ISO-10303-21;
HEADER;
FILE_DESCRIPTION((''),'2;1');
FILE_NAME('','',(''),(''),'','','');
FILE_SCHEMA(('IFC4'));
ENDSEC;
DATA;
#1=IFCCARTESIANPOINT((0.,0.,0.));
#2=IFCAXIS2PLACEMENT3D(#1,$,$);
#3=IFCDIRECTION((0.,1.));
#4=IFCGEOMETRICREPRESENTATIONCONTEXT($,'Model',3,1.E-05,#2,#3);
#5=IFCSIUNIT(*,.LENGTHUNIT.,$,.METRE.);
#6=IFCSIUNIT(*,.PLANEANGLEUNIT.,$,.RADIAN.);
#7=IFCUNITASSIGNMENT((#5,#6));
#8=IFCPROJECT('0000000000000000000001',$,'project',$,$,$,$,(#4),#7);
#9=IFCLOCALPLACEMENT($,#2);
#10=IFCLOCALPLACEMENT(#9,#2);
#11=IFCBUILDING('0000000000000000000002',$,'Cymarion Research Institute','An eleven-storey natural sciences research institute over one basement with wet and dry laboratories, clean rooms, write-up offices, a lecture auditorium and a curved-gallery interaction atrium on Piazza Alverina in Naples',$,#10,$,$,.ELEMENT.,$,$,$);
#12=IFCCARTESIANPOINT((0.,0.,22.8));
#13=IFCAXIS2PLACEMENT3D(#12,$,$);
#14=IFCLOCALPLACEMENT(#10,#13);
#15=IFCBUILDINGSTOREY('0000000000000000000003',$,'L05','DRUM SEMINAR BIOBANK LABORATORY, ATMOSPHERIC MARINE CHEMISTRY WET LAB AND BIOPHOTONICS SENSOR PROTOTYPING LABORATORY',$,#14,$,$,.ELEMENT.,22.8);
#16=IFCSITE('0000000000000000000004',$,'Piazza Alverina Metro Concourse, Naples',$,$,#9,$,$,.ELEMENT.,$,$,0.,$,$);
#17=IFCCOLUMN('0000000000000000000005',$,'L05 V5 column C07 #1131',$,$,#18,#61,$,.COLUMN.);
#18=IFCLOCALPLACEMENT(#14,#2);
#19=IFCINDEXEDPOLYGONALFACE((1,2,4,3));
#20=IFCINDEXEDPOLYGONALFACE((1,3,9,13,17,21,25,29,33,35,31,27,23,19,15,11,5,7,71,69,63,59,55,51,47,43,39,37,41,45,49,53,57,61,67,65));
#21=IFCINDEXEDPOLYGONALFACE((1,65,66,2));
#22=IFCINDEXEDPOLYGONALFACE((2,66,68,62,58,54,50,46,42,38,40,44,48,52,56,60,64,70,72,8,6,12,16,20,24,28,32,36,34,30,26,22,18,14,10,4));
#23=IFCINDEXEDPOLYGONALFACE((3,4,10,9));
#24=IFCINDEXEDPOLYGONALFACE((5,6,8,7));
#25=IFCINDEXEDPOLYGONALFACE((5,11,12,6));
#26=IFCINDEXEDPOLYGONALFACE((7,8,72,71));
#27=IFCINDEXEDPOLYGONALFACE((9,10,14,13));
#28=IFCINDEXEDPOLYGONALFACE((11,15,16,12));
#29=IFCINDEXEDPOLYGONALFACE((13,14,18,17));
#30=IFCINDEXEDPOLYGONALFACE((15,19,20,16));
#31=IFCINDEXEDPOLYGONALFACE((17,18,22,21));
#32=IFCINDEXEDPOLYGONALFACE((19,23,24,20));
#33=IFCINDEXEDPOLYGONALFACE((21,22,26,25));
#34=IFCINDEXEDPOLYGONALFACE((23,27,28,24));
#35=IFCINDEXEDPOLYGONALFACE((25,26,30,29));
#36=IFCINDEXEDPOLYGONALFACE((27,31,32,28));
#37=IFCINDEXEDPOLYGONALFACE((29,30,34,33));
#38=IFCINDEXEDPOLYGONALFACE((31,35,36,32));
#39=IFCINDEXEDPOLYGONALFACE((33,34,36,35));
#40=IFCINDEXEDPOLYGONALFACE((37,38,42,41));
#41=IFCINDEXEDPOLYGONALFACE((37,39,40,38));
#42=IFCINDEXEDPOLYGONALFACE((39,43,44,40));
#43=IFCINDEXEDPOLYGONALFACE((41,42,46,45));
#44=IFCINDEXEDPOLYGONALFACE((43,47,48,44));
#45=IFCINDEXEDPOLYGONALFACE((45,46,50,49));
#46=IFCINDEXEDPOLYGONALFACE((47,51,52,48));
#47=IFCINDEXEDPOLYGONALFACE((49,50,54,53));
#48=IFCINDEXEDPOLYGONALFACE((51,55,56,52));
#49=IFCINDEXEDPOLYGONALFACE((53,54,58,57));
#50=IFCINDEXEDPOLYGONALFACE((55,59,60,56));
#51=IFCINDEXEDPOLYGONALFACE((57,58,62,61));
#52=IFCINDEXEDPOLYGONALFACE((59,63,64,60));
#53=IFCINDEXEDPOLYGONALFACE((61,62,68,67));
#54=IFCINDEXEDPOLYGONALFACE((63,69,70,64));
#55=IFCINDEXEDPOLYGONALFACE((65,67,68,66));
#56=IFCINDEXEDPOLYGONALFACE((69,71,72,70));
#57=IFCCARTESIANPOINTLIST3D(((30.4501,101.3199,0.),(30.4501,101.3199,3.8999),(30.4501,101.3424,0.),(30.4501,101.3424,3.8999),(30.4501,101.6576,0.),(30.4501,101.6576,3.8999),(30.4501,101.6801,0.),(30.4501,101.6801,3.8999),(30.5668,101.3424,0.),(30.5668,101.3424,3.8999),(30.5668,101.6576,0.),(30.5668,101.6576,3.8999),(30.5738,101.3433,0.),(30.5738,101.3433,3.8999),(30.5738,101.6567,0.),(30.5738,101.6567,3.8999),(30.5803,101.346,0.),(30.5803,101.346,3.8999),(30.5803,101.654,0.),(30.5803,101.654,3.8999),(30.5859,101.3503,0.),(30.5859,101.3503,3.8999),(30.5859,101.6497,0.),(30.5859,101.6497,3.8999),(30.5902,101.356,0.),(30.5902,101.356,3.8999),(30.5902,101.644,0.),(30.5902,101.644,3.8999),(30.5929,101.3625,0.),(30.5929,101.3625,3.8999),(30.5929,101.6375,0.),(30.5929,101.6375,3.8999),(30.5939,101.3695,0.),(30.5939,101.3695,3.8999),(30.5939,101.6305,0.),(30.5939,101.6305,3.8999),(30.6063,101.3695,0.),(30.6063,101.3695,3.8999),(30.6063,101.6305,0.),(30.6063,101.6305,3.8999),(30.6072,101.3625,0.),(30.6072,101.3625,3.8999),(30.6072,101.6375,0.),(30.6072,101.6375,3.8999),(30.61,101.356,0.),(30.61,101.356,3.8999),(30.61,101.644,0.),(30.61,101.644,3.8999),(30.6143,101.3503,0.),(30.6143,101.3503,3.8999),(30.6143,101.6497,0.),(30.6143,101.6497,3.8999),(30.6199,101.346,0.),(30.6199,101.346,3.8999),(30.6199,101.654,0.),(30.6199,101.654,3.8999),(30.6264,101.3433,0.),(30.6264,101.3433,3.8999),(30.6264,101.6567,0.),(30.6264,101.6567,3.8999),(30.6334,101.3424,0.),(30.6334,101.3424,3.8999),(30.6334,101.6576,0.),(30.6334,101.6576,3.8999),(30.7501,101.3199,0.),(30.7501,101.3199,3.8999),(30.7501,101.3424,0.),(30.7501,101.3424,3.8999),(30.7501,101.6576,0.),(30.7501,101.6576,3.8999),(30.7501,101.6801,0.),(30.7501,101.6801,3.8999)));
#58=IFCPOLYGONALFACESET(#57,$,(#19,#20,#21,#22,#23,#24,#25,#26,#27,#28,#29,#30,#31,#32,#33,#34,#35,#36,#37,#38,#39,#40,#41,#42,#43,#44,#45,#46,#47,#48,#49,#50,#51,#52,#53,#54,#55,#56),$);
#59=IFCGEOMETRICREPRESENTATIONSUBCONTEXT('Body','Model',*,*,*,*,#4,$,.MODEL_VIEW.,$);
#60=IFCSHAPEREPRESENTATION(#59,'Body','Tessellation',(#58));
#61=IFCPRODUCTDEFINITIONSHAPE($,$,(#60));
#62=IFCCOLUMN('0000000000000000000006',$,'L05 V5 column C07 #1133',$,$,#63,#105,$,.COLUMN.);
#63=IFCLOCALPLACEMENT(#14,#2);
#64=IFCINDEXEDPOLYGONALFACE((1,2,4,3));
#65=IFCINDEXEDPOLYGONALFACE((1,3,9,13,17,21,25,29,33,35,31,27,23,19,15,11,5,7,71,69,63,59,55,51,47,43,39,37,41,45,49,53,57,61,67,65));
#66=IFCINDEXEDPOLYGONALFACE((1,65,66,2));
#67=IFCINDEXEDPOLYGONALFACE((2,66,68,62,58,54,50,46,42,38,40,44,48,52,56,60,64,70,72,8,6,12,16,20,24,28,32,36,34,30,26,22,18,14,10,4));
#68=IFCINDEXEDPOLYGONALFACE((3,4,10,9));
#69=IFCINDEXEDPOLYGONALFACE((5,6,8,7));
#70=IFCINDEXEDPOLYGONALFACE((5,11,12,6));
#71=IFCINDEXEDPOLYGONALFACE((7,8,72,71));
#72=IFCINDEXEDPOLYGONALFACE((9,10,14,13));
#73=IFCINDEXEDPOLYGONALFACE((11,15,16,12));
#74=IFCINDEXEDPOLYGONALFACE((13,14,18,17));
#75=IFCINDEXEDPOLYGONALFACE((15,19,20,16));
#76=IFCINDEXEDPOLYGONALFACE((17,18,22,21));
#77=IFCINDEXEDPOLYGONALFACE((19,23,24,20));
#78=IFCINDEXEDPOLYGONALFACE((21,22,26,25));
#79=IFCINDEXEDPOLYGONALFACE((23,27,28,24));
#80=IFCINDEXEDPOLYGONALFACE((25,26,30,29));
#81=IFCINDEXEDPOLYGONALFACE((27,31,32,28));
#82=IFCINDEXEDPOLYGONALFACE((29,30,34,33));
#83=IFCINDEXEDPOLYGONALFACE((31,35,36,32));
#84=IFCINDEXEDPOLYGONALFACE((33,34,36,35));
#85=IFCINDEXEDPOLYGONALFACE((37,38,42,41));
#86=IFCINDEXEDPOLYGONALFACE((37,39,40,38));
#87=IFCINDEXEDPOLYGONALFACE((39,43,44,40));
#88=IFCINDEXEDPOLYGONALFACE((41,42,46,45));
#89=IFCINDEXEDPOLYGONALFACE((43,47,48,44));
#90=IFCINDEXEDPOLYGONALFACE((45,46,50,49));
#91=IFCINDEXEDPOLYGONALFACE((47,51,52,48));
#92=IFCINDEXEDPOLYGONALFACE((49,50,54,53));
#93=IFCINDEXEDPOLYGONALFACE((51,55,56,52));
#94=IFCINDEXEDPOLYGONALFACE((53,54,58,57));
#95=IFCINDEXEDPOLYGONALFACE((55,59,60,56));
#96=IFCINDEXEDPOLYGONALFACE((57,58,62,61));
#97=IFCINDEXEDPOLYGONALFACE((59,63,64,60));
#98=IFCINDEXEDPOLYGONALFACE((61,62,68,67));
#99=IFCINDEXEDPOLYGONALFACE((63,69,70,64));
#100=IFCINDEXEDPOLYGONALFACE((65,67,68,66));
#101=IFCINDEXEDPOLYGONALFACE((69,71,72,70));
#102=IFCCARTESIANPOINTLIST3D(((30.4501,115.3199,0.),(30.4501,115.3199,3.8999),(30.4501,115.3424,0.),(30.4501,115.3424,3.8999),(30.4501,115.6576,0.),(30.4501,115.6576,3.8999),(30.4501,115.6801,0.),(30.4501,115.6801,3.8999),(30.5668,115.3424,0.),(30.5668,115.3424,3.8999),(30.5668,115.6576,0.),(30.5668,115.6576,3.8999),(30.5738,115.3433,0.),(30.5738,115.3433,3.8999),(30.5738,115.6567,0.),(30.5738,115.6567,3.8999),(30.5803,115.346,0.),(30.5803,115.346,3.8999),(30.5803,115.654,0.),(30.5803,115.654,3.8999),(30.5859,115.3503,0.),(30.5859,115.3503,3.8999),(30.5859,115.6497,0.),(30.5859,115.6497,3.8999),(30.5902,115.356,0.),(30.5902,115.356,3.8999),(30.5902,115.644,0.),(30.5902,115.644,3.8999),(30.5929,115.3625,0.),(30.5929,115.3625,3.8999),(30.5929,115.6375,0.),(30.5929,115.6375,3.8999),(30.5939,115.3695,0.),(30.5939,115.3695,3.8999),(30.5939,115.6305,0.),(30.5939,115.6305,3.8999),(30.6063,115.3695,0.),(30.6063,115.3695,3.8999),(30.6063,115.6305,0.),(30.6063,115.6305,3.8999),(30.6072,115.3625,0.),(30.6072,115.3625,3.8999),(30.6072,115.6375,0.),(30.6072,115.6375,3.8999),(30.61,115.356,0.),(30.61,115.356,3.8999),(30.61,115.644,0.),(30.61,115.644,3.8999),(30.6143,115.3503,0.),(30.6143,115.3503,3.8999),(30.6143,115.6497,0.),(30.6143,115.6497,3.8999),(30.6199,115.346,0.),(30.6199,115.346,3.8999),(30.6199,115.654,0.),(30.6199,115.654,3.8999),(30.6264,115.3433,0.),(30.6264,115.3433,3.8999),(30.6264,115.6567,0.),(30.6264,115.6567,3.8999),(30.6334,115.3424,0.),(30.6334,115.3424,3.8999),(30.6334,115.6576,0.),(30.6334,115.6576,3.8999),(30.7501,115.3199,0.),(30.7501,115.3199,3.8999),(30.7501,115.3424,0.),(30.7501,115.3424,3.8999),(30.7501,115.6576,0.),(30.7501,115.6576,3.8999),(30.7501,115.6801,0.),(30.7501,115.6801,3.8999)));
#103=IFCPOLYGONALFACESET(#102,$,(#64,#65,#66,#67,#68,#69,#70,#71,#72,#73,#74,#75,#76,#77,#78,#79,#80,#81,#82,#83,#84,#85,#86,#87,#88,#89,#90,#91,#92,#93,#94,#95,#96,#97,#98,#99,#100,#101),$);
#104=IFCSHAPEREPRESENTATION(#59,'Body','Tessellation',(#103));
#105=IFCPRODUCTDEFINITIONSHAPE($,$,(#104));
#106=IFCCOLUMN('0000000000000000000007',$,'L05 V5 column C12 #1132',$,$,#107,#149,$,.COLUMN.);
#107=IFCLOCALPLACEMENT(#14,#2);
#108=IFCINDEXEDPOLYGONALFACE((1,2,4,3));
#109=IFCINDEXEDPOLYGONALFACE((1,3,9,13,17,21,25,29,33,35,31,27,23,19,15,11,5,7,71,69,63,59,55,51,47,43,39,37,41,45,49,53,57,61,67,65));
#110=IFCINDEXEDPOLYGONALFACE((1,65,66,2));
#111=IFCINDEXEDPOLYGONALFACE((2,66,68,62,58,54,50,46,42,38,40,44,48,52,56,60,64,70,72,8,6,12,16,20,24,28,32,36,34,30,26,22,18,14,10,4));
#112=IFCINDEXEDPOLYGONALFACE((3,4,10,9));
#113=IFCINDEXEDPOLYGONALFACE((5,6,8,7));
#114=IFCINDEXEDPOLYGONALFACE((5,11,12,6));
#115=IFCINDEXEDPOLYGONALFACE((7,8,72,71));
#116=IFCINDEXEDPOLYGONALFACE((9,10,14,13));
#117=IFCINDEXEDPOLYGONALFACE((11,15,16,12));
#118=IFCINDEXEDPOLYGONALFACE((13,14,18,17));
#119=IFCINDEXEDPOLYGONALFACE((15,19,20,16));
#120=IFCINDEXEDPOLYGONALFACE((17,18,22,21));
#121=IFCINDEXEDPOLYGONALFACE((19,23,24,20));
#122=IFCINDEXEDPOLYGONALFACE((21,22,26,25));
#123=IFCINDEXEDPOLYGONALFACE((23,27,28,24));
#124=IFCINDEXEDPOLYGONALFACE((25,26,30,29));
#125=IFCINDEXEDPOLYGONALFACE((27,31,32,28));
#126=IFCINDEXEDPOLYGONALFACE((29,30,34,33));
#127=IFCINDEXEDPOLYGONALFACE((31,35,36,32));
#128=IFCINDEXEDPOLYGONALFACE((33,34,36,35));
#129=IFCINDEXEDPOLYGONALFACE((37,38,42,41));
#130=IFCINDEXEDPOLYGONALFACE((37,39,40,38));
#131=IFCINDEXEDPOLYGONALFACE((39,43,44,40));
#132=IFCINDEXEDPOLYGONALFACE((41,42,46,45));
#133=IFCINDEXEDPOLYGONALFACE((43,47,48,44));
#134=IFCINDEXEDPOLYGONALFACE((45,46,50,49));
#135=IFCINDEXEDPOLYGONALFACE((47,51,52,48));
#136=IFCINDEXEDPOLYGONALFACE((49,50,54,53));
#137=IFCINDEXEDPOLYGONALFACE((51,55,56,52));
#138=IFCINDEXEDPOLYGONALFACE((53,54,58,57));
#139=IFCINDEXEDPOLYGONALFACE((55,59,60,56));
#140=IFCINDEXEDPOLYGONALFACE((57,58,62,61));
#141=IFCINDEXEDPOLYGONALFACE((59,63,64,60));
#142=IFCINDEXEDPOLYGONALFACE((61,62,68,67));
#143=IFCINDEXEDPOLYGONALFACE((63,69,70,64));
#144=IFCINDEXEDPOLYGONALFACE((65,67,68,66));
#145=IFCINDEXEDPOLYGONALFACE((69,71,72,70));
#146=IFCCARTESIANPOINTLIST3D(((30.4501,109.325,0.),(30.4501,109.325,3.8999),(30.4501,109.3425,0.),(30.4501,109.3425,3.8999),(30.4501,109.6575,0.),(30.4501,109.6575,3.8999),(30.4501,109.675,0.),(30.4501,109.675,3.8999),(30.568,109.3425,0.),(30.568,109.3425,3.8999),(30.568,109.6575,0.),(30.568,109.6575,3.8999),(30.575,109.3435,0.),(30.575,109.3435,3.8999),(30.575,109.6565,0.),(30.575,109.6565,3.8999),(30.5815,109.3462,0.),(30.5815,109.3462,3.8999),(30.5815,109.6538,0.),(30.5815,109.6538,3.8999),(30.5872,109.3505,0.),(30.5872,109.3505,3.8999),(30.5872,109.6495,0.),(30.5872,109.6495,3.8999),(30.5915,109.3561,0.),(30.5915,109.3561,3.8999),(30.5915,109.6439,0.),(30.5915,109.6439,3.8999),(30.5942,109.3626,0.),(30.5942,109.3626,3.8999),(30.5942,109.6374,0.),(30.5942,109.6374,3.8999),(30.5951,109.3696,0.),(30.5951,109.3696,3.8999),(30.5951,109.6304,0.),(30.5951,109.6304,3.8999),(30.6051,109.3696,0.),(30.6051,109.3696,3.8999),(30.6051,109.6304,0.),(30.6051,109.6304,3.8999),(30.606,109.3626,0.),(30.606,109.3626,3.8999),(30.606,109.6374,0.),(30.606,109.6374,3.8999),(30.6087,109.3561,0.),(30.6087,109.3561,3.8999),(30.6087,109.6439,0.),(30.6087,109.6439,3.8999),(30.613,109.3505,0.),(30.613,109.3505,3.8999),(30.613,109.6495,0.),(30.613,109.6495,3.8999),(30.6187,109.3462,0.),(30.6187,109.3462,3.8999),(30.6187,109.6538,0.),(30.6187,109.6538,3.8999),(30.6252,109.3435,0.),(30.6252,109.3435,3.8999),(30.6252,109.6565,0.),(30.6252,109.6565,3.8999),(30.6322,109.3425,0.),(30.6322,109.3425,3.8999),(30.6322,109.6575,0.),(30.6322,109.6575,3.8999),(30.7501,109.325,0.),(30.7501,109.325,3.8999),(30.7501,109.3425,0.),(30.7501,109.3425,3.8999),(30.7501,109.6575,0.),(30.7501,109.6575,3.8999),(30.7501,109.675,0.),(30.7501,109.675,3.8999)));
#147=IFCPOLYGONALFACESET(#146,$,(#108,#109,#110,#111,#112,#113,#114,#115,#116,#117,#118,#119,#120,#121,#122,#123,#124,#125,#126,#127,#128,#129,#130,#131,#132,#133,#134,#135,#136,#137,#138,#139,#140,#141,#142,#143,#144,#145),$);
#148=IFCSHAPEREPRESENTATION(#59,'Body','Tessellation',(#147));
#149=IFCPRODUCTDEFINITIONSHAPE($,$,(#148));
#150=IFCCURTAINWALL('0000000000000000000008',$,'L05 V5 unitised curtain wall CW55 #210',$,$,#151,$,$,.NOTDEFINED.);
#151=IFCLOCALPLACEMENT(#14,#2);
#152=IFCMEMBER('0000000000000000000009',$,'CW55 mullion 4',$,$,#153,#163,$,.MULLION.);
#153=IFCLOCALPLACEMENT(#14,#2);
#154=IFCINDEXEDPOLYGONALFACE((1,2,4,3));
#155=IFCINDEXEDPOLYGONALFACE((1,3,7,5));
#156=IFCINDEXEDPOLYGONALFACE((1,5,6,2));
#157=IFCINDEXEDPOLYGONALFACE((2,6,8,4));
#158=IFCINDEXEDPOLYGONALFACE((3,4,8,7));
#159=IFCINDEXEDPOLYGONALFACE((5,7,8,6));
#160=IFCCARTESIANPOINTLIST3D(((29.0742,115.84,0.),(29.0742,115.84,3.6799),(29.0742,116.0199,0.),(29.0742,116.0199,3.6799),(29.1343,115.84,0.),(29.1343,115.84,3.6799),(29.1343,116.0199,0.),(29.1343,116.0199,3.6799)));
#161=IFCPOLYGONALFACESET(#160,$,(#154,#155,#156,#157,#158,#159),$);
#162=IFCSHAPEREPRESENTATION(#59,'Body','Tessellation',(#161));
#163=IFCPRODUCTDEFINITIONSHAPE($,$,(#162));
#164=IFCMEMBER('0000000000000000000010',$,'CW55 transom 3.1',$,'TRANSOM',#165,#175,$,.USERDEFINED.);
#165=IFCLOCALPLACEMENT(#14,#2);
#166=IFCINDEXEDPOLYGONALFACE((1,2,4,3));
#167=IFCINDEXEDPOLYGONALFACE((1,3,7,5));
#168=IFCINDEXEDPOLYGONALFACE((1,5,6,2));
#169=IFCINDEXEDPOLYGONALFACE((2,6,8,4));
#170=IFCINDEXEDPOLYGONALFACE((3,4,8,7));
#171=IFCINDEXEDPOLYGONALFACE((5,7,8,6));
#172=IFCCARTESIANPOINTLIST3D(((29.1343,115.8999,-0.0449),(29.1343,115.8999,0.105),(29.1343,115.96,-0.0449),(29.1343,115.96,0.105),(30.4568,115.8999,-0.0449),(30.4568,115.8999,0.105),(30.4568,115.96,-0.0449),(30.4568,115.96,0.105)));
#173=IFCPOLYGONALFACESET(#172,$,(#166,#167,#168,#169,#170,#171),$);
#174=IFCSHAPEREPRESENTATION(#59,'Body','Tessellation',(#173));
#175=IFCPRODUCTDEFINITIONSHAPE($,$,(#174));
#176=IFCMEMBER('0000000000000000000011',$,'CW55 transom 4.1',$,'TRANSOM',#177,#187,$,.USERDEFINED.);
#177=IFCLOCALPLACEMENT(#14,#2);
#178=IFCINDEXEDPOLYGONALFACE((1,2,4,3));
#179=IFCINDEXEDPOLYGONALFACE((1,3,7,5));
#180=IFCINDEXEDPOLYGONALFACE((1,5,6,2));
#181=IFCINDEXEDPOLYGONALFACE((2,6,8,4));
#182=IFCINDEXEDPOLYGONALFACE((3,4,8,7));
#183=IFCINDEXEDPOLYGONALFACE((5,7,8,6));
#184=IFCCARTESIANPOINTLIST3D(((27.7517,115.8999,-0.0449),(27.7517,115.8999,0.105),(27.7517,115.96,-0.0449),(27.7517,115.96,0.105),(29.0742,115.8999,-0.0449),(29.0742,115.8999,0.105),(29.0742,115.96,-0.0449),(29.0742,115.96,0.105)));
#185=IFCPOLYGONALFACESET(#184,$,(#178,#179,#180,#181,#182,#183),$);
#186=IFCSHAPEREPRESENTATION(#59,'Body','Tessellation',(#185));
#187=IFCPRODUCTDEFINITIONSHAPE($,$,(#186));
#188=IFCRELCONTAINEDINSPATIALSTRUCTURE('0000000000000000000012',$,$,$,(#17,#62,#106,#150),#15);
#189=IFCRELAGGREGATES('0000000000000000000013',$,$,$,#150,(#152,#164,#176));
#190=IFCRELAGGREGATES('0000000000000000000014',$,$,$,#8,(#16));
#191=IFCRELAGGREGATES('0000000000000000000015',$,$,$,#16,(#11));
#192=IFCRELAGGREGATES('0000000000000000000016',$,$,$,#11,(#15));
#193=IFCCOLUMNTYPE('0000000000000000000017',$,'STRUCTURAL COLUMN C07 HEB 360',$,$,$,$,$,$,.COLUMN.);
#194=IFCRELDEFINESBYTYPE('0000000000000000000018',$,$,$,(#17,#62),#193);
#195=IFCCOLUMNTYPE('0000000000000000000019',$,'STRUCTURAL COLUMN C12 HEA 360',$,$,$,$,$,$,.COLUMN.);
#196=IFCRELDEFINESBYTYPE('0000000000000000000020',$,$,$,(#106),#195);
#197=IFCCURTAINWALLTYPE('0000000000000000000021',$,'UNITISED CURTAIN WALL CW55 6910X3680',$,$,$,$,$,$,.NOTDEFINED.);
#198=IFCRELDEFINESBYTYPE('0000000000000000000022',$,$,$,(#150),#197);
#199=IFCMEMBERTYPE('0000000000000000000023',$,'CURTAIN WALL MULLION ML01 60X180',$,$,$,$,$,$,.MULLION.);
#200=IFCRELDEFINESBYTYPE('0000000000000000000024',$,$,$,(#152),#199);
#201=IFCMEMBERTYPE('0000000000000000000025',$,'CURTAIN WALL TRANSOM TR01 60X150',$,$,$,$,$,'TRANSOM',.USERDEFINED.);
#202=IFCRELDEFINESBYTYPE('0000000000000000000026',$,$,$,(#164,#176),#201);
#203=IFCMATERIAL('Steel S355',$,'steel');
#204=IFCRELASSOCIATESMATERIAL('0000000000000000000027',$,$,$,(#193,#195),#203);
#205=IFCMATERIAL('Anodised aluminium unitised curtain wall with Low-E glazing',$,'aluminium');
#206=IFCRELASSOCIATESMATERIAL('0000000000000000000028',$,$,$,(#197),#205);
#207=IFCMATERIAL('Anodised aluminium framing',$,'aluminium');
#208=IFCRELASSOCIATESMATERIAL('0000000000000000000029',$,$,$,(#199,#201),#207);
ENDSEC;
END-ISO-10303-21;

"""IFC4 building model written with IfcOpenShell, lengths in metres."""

from ifc_helpers import new_model, si_unit, direction, frame, origin, origin_2d, place, context, subcontext, project, spatial, rectangle, i_section, extrude, material, material_profile, profile_set, type_object, element, aggregate, save


model = new_model("IFC4")

# Units and contexts
model_context = context("Model", 3, precision=1e-05, world=origin(), true_north=direction((0.0, 1.0)))
body_context = subcontext(model_context, "Body", "Model", "MODEL_VIEW")
ifc_project = project(units=[si_unit("LENGTHUNIT", "METRE"), si_unit("PLANEANGLEUNIT", "RADIAN")], contexts=[model_context])

# Site, building, storey
site_placement = place(None, origin())
site = spatial("IfcSite", under=ifc_project, at=site_placement, Name="Piazza Alverina Metro Concourse, Naples", CompositionType="ELEMENT", RefElevation=0.0)
building_placement = place(site_placement, origin())
building = spatial("IfcBuilding", under=site, at=building_placement, Name="Cymarion Research Institute", Description="An eleven-storey natural sciences research institute over one basement with wet and dry laboratories, clean rooms, write-up offices, a lecture auditorium and a curved-gallery interaction atrium on Piazza Alverina in Naples", CompositionType="ELEMENT")
storey_placement = place(building_placement, frame((0.0, 0.0, 22.8)))
storey = spatial("IfcBuildingStorey", under=building, at=storey_placement, Name="L05", Description="DRUM SEMINAR BIOBANK LABORATORY, ATMOSPHERIC MARINE CHEMISTRY WET LAB AND BIOPHOTONICS SENSOR PROTOTYPING LABORATORY", CompositionType="ELEMENT", Elevation=22.8)

# Columns
ifc_material_1 = material(Name="Steel S355", Category="steel")
ifc_material_profile_1 = material_profile(ifc_material_1, i_section(OverallWidth=0.3, OverallDepth=0.3601, WebThickness=0.0125, FlangeThickness=0.0225, FilletRadius=0.0271, at=origin_2d()), Name="HEB 360")
ifc_profile_set_1 = profile_set([ifc_material_profile_1], Name="Steel S355")
column_type_1 = type_object("IfcColumnType", Name="STRUCTURAL COLUMN C07 HEB 360", PredefinedType="COLUMN", material=ifc_profile_set_1)
for number, where, z_axis, x_axis, name in (
    (1, (30.6001, 101.5, 0.0), (0.0, 0.0, 1.0), (1.0, 0.0, 0.0), "L05 V5 column C07 #1131"),
    (2, (30.6001, 115.5, 0.0), (0.0, 0.0, 1.0), (1.0, 0.0, 0.0), "L05 V5 column C07 #1133"),
):
    element("IfcColumn", number, at=place(storey_placement, frame(where, z_axis=z_axis, x_axis=x_axis)), inside=storey, type_object=column_type_1, Name=name, PredefinedType="COLUMN", context=body_context, shape_type="SweptSolid", body=[
        extrude(i_section(OverallWidth=0.3, OverallDepth=0.3601, WebThickness=0.0125, FlangeThickness=0.0225, FilletRadius=0.0271, at=origin_2d()), origin(), (0.0, 0.0, 1.0), 3.8999),
    ])
ifc_material_profile_2 = material_profile(ifc_material_1, i_section(OverallWidth=0.3, OverallDepth=0.3501, WebThickness=0.01, FlangeThickness=0.0176, FilletRadius=0.0271, at=origin_2d()), Name="HEA 360")
ifc_profile_set_2 = profile_set([ifc_material_profile_2], Name="Steel S355")
column_type_2 = type_object("IfcColumnType", Name="STRUCTURAL COLUMN C12 HEA 360", PredefinedType="COLUMN", material=ifc_profile_set_2)
column_placement = place(storey_placement, frame((30.6001, 109.5, 0.0), z_axis=(0.0, 0.0, 1.0), x_axis=(1.0, 0.0, 0.0)))
element("IfcColumn", 3, at=column_placement, inside=storey, type_object=column_type_2, Name="L05 V5 column C12 #1132", PredefinedType="COLUMN", context=body_context, shape_type="SweptSolid", body=[
    extrude(i_section(OverallWidth=0.3, OverallDepth=0.3501, WebThickness=0.01, FlangeThickness=0.0176, FilletRadius=0.0271, at=origin_2d()), origin(), (0.0, 0.0, 1.0), 3.8999),
])

# Curtain wall, members
ifc_material_2 = material(Name="Anodised aluminium unitised curtain wall with Low-E glazing", Category="aluminium")
curtain_wall_type = type_object("IfcCurtainWallType", Name="UNITISED CURTAIN WALL CW55 6910X3680", PredefinedType="NOTDEFINED", material=ifc_material_2)
curtain_wall_placement = place(storey_placement, origin())
curtain_wall = element("IfcCurtainWall", 4, at=curtain_wall_placement, inside=storey, type_object=curtain_wall_type, Name="L05 V5 unitised curtain wall CW55 #210", PredefinedType="NOTDEFINED")
ifc_material_3 = material(Name="Anodised aluminium framing", Category="aluminium")
ifc_material_profile_3 = material_profile(ifc_material_3, rectangle(XDim=0.0601, YDim=0.1799, at=origin_2d()), Name="ALU MULLION 60x180")
ifc_profile_set_3 = profile_set([ifc_material_profile_3], Name="Anodised aluminium framing")
member_type_1 = type_object("IfcMemberType", Name="CURTAIN WALL MULLION ML01 60X180", PredefinedType="MULLION", material=ifc_profile_set_3)
member_1_placement = place(storey_placement, frame((29.1042, 115.9299, 0.0), z_axis=(0.0, 0.0, 1.0), x_axis=(-1.0, 0.0, 0.0)))
member_1 = element("IfcMember", 5, at=member_1_placement, type_object=member_type_1, Name="CW55 mullion 4", PredefinedType="MULLION", context=body_context, shape_type="SweptSolid", body=[
    extrude(rectangle(XDim=0.0601, YDim=0.1799, at=origin_2d()), origin(), (0.0, 0.0, 1.0), 3.6799),
])
ifc_material_profile_4 = material_profile(ifc_material_3, rectangle(XDim=0.0601, YDim=0.1499, at=origin_2d()), Name="ALU TRANSOM 60x150")
ifc_profile_set_4 = profile_set([ifc_material_profile_4], Name="Anodised aluminium framing")
member_type_2 = type_object("IfcMemberType", Name="CURTAIN WALL TRANSOM TR01 60X150", ElementType="TRANSOM", PredefinedType="USERDEFINED", material=ifc_profile_set_4)
member_2_placement = place(storey_placement, frame((30.4568, 115.9299, 0.03), z_axis=(-1.0, 0.0, 0.0), x_axis=(0.0, -1.0, 0.0)))
member_2 = element("IfcMember", 6, at=member_2_placement, type_object=member_type_2, Name="CW55 transom 3.1", ObjectType="TRANSOM", PredefinedType="USERDEFINED", context=body_context, shape_type="SweptSolid", body=[
    extrude(rectangle(XDim=0.0601, YDim=0.1499, at=origin_2d()), origin(), (0.0, 0.0, 1.0), 1.3225),
])
member_3_placement = place(storey_placement, frame((29.0742, 115.9299, 0.03), z_axis=(-1.0, 0.0, 0.0), x_axis=(0.0, -1.0, 0.0)))
member_3 = element("IfcMember", 7, at=member_3_placement, type_object=member_type_2, Name="CW55 transom 4.1", ObjectType="TRANSOM", PredefinedType="USERDEFINED", context=body_context, shape_type="SweptSolid", body=[
    extrude(rectangle(XDim=0.0601, YDim=0.1499, at=origin_2d()), origin(), (0.0, 0.0, 1.0), 1.3225),
])

aggregate(curtain_wall, [member_1, member_2, member_3])

save(model, "model.ifc")
